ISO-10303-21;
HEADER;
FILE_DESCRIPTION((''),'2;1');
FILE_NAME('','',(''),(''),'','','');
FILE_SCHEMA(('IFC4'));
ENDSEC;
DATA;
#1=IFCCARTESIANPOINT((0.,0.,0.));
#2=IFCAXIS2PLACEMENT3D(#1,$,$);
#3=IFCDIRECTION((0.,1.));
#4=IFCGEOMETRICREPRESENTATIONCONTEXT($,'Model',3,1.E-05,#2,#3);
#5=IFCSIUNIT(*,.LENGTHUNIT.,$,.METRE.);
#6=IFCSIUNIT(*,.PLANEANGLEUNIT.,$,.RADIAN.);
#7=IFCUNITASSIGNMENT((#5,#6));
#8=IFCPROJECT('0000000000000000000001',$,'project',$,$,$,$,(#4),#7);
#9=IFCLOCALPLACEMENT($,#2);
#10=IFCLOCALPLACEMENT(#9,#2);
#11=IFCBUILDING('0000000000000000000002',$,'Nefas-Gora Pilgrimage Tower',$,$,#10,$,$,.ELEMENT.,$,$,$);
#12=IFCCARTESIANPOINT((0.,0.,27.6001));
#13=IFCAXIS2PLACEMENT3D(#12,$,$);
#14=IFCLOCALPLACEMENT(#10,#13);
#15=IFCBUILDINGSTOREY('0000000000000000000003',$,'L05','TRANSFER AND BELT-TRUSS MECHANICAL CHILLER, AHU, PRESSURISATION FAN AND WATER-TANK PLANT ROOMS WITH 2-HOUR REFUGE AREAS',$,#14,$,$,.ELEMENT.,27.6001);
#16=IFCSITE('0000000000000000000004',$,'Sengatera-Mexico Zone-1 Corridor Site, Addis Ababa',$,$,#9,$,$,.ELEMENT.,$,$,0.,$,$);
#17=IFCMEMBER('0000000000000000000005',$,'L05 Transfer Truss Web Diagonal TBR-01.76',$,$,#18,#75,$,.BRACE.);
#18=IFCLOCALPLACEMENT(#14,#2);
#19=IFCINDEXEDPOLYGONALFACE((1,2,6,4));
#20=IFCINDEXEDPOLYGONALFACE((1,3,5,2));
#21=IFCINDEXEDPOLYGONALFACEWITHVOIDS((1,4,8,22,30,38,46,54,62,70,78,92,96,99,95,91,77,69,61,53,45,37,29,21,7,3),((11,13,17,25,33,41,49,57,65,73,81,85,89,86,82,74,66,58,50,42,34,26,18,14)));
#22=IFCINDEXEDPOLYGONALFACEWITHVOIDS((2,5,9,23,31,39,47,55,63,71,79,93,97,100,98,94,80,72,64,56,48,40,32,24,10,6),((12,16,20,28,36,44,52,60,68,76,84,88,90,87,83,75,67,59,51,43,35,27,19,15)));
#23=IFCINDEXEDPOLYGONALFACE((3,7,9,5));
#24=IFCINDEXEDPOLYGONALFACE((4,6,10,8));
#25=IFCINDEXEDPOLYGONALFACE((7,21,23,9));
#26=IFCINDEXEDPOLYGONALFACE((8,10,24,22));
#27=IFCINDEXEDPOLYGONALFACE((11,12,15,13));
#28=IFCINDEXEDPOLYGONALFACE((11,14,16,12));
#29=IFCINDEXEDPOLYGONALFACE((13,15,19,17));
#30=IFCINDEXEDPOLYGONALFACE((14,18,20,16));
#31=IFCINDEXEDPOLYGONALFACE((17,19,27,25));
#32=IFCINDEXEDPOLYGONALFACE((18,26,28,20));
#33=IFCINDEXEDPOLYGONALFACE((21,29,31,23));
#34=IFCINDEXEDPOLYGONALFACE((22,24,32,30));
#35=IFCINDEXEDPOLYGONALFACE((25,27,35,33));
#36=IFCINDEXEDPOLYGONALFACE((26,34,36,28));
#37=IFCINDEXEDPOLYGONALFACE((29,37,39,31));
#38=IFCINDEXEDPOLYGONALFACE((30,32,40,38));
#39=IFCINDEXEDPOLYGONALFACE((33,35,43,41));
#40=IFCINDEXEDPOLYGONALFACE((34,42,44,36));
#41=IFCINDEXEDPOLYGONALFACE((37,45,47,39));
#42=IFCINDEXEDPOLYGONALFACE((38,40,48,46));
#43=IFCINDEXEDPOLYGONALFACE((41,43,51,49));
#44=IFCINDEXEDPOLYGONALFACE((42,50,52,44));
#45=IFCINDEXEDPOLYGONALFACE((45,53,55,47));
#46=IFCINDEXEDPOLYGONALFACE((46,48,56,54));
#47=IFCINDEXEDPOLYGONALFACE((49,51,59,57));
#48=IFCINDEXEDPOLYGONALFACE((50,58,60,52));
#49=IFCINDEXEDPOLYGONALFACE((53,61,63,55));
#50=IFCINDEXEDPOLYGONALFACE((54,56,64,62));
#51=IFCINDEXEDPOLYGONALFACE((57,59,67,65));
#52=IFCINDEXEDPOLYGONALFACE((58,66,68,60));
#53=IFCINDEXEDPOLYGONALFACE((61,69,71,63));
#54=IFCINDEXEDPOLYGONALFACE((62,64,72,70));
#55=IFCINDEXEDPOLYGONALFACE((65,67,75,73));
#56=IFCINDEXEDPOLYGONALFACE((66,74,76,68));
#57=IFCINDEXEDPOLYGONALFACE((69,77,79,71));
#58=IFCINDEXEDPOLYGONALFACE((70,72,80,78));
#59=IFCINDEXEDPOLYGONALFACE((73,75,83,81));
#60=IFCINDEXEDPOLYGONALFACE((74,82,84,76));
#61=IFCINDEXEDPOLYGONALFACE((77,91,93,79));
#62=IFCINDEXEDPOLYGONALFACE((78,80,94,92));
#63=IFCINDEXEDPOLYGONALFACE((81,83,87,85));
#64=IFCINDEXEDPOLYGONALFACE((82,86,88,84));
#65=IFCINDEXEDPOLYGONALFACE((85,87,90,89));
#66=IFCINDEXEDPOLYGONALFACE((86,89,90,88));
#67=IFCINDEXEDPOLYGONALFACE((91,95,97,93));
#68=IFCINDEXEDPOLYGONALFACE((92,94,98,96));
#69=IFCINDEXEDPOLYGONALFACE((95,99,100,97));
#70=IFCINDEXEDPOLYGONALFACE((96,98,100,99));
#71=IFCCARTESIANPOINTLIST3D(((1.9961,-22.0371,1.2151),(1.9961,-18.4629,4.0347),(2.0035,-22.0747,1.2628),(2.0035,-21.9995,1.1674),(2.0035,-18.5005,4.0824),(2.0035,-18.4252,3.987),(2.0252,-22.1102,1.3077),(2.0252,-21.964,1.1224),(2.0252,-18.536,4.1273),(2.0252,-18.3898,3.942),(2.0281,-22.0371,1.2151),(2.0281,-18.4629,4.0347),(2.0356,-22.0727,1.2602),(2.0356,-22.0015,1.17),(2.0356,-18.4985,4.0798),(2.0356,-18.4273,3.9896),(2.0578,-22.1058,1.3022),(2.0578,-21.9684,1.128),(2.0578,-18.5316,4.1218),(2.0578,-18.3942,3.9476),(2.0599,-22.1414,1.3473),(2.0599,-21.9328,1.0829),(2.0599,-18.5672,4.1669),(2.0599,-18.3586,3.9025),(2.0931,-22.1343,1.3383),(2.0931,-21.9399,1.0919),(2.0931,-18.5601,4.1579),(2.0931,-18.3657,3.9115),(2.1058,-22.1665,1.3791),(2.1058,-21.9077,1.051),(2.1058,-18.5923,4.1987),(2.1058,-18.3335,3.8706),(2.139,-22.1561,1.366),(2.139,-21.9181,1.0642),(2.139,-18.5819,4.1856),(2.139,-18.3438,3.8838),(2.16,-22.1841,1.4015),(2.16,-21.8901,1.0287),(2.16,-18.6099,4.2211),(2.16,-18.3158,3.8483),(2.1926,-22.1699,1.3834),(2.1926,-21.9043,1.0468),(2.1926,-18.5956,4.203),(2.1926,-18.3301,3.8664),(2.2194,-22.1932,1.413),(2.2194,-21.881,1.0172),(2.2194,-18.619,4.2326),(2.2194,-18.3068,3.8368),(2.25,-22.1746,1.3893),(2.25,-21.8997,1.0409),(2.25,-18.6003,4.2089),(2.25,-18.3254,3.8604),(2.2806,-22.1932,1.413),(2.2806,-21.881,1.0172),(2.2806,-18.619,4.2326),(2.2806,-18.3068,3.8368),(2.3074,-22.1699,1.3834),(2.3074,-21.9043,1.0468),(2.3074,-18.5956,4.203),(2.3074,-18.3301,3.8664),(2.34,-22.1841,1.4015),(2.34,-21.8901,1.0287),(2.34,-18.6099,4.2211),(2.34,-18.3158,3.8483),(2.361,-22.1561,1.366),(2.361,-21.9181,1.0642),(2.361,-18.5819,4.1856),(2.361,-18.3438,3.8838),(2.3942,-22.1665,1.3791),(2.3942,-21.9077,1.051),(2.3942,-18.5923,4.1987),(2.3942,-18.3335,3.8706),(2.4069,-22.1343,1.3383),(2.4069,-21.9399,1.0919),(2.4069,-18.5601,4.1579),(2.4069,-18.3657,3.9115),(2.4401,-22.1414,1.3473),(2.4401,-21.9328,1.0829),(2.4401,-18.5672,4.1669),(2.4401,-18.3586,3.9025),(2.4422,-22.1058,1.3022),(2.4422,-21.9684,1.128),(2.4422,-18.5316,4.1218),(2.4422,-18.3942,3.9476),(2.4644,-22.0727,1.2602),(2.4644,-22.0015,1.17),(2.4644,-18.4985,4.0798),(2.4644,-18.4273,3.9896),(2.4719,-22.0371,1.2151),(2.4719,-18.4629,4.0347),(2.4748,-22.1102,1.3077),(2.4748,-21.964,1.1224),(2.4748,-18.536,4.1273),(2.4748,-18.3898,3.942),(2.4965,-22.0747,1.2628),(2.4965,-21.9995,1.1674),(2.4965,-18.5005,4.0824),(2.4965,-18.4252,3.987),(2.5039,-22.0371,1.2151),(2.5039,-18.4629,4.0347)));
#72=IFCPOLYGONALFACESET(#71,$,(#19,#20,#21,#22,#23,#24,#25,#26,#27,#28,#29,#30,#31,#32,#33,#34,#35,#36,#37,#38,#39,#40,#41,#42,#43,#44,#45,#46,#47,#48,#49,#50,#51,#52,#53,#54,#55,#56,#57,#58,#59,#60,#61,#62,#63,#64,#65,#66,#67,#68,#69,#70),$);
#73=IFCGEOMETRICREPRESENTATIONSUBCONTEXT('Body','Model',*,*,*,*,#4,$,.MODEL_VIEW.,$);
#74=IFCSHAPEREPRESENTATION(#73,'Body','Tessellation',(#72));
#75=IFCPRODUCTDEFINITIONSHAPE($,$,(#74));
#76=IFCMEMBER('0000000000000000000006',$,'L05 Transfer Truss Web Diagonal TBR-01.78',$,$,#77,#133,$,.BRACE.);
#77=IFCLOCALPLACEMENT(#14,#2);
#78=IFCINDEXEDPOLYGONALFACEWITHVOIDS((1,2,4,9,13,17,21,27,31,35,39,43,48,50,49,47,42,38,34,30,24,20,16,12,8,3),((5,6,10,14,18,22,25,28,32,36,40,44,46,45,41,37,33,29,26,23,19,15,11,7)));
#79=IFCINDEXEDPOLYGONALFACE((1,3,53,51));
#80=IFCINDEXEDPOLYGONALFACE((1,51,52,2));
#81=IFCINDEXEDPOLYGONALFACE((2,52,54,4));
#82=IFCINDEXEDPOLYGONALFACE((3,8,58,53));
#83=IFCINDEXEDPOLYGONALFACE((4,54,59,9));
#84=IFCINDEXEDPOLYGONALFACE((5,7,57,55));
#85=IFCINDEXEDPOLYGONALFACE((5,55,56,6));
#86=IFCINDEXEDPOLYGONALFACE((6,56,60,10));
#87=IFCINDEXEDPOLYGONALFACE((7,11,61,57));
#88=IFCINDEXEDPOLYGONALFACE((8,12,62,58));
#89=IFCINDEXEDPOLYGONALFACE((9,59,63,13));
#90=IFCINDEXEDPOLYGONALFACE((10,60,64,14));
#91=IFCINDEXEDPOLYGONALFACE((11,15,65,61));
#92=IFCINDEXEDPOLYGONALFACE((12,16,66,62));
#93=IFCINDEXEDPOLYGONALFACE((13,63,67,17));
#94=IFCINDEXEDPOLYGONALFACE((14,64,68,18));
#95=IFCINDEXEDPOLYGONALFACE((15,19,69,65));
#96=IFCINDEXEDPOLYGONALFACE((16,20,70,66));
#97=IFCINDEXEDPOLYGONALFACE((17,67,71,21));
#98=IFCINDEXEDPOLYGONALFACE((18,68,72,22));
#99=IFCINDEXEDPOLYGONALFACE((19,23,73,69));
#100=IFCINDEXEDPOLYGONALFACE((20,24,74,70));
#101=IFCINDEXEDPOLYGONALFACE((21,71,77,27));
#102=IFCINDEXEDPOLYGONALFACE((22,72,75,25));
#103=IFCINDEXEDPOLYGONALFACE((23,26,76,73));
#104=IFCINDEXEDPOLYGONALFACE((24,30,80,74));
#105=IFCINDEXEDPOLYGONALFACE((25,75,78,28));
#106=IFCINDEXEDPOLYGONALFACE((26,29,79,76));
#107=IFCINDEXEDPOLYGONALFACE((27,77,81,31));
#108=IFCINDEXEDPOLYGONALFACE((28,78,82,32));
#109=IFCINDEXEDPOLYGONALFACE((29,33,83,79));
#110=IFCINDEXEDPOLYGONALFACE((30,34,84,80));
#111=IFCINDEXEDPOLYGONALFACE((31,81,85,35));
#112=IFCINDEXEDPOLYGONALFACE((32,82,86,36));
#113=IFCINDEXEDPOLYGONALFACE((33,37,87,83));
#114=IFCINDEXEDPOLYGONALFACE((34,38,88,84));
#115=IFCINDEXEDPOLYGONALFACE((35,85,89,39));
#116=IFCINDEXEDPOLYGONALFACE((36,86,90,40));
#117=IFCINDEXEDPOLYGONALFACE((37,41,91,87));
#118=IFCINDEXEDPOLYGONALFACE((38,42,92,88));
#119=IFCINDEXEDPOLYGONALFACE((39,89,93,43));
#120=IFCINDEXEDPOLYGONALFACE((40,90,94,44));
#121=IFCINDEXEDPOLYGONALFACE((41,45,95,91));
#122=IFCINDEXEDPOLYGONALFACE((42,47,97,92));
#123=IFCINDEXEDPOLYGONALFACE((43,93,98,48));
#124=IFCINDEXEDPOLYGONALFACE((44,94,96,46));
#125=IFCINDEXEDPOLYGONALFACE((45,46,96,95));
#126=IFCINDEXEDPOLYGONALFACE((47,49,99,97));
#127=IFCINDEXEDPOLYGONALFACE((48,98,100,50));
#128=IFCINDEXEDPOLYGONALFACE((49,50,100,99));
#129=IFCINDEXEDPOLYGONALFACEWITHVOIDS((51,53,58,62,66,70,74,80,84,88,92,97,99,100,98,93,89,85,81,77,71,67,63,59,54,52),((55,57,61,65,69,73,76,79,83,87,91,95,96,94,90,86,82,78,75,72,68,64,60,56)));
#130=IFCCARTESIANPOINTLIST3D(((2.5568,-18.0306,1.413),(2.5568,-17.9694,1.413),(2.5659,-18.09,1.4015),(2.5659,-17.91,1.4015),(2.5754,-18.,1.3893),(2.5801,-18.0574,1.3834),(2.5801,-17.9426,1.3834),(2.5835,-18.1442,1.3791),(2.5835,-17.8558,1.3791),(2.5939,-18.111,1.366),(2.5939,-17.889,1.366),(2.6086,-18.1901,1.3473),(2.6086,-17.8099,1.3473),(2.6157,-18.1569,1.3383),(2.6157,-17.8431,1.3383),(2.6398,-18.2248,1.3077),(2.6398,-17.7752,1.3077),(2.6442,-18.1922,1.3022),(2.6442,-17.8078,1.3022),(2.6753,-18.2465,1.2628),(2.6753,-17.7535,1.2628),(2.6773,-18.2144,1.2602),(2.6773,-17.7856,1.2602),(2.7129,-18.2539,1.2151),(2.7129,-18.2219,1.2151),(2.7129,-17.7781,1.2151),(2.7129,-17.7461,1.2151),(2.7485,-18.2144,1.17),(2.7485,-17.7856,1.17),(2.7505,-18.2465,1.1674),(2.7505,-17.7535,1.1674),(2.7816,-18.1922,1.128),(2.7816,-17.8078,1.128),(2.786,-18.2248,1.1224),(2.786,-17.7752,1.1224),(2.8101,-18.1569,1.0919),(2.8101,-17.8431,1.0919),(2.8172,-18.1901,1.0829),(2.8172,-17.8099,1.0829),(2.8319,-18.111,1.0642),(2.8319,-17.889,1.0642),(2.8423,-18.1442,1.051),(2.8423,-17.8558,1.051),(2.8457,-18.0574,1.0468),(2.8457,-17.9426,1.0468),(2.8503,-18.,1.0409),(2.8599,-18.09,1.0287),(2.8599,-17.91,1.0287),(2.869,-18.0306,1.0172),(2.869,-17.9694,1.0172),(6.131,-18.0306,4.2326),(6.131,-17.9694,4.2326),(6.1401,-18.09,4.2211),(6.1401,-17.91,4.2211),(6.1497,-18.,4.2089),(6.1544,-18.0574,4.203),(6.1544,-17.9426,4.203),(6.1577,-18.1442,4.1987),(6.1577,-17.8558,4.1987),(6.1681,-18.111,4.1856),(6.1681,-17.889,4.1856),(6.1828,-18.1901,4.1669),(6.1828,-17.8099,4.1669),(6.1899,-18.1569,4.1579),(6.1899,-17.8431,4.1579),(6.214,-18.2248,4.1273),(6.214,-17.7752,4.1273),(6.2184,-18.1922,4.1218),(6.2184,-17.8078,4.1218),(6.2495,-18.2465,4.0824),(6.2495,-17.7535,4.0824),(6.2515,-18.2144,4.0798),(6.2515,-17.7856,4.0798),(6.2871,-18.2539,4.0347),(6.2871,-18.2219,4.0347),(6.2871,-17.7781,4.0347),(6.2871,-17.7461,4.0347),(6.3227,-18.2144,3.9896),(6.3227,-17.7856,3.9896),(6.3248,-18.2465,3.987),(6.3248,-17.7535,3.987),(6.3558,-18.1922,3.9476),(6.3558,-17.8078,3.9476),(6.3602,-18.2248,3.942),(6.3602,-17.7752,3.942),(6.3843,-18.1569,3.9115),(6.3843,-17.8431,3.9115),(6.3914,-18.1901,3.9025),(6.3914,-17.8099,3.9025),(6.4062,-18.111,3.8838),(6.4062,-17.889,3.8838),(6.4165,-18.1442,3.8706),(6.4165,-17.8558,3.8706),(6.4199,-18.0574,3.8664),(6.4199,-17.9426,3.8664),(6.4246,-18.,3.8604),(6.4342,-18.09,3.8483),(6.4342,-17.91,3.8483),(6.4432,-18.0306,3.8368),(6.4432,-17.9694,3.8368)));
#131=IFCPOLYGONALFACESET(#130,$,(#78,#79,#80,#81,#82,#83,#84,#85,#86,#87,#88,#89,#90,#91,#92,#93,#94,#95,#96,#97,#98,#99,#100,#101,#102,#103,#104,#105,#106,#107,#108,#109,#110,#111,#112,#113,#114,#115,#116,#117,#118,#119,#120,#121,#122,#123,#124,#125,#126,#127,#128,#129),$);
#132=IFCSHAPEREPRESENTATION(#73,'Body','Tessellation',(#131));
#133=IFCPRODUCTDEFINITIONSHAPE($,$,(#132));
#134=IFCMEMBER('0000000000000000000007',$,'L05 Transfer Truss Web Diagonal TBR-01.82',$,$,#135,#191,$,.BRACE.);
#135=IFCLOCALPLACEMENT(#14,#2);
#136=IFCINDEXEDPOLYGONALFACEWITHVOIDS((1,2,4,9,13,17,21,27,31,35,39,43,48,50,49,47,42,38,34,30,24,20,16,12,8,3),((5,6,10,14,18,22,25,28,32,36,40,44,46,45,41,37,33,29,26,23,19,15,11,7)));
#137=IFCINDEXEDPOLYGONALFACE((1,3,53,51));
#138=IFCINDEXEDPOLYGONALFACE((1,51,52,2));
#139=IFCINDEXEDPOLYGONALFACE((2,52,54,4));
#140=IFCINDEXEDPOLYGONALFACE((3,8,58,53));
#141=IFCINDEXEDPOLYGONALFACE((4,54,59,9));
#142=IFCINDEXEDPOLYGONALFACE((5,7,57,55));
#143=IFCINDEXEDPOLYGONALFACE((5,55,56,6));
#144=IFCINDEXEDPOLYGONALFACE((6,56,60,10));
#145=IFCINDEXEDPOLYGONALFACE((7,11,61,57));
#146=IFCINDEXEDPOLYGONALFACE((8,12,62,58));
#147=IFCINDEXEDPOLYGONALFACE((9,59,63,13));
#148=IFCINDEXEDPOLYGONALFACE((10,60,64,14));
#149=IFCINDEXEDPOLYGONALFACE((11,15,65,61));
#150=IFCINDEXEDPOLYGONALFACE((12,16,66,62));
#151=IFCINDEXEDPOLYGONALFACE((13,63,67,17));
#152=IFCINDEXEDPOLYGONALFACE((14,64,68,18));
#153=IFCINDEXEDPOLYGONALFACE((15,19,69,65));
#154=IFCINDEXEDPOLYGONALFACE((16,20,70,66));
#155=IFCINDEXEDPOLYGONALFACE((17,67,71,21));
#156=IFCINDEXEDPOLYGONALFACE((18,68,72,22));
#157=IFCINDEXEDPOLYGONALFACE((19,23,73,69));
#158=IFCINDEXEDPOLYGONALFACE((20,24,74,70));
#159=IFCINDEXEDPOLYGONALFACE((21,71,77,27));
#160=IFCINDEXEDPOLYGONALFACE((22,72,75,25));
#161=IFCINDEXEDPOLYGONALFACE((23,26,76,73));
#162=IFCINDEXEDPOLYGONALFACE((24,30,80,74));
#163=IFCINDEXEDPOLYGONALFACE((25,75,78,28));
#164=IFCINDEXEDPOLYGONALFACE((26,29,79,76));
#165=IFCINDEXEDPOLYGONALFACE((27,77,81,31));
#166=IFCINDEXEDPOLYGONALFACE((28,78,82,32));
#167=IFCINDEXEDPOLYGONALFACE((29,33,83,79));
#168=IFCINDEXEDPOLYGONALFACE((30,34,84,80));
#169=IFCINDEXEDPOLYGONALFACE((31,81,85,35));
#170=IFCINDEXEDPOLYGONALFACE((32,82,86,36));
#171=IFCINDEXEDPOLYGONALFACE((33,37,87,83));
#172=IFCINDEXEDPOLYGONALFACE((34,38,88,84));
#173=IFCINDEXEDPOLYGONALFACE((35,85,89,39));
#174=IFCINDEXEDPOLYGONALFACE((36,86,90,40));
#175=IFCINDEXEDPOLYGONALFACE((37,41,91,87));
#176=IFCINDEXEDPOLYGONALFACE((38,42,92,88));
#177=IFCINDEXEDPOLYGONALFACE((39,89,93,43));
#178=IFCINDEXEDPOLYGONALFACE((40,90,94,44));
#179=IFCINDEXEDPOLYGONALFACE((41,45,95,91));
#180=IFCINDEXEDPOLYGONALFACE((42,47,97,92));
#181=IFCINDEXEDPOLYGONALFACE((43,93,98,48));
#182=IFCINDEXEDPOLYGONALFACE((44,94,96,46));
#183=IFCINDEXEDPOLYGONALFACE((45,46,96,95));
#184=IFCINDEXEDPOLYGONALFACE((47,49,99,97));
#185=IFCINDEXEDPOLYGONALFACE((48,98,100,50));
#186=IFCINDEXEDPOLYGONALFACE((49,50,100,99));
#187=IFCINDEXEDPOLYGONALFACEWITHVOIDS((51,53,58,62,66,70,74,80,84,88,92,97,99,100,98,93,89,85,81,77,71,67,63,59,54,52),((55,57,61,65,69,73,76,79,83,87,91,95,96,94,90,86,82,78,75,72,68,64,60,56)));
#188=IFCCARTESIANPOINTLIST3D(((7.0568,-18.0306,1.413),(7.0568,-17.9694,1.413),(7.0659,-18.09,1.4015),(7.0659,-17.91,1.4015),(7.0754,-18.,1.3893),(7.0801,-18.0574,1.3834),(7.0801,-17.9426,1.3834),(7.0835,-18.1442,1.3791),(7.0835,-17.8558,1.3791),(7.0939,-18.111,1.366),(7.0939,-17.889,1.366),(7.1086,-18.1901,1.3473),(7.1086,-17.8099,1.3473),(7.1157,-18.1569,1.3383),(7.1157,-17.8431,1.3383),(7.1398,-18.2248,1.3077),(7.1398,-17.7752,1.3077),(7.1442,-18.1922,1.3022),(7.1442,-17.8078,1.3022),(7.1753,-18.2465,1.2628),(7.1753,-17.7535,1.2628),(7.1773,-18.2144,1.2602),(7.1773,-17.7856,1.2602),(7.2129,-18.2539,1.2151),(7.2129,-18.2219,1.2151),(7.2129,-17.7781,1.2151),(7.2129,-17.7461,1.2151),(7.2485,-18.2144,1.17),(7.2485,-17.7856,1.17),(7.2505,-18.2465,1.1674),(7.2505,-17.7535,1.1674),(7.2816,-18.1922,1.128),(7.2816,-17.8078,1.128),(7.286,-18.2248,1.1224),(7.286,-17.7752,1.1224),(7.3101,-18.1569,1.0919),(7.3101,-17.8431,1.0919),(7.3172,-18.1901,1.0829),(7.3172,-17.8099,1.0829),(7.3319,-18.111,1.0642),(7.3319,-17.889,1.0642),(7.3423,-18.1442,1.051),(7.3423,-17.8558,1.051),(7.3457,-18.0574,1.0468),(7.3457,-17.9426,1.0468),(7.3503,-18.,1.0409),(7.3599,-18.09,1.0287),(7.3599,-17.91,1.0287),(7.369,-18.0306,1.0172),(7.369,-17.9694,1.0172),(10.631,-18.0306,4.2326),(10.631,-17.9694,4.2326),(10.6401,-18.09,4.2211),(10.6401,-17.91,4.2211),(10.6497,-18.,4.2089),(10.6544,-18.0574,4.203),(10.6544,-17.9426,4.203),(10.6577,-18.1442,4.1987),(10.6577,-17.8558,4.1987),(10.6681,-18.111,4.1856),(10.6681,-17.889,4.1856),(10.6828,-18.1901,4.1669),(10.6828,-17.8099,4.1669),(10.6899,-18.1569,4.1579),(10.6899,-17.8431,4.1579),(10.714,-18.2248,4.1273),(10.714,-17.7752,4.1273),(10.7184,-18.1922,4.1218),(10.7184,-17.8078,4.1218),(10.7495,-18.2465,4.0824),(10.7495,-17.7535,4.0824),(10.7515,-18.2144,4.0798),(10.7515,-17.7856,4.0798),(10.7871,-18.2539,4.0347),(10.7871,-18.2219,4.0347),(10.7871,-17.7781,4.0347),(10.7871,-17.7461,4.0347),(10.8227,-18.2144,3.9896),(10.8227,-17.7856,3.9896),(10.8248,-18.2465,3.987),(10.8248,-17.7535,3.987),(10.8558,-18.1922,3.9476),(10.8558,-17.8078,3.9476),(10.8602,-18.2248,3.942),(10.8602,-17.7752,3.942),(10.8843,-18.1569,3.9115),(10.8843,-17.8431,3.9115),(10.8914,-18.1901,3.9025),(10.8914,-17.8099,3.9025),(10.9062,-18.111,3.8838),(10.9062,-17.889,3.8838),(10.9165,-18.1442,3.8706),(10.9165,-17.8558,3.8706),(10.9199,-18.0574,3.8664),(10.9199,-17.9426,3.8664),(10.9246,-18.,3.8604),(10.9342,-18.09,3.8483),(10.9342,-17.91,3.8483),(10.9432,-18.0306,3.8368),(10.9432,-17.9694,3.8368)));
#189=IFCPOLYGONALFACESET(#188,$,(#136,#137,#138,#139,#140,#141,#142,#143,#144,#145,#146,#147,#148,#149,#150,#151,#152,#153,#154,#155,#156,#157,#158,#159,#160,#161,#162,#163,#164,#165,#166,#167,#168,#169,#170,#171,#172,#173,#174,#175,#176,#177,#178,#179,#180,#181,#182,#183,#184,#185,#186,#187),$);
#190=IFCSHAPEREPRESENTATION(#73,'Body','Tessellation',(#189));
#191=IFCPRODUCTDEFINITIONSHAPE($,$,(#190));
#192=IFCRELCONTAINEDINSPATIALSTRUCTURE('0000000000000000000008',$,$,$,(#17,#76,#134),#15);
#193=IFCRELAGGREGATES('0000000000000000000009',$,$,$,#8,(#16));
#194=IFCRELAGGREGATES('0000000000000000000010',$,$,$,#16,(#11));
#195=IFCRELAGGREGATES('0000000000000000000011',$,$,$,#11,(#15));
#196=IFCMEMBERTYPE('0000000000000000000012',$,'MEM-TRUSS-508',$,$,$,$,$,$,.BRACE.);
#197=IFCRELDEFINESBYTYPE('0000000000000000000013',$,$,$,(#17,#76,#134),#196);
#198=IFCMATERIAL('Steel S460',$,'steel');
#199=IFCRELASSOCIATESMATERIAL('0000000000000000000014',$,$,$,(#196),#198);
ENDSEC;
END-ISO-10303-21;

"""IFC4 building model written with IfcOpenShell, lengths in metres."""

from ifc_helpers import new_model, si_unit, direction, frame, origin, origin_2d, place, context, subcontext, project, spatial, hollow_circle, extrude, source, transform, mapped, material, material_profile, profile_set, type_object, element, save


model = new_model("IFC4")

# Units and contexts
model_context = context("Model", 3, precision=1e-05, world=origin(), true_north=direction((0.0, 1.0)))
body_context = subcontext(model_context, "Body", "Model", "MODEL_VIEW")
ifc_project = project(units=[si_unit("LENGTHUNIT", "METRE"), si_unit("PLANEANGLEUNIT", "RADIAN")], contexts=[model_context])

# Site, building, storey
site_placement = place(None, origin())
site = spatial("IfcSite", under=ifc_project, at=site_placement, Name="Sengatera-Mexico Zone-1 Corridor Site, Addis Ababa", CompositionType="ELEMENT", RefElevation=0.0)
building_placement = place(site_placement, origin())
building = spatial("IfcBuilding", under=site, at=building_placement, Name="Nefas-Gora Pilgrimage Tower", CompositionType="ELEMENT")
storey_placement = place(building_placement, frame((0.0, 0.0, 27.6001)))
storey = spatial("IfcBuildingStorey", under=building, at=storey_placement, Name="L05", Description="TRANSFER AND BELT-TRUSS MECHANICAL CHILLER, AHU, PRESSURISATION FAN AND WATER-TANK PLANT ROOMS WITH 2-HOUR REFUGE AREAS", CompositionType="ELEMENT", Elevation=27.6001)

# Shared definitions
ifc_material_1 = material(Name="Steel S460", Category="steel")

# Members
ifc_material_profile_1 = material_profile(ifc_material_1, hollow_circle(Radius=0.2539, WallThickness=0.032, at=origin_2d()), Name="CHS 508x32")
ifc_profile_set_1 = profile_set([ifc_material_profile_1], Name="Steel S460")
member_type = type_object("IfcMemberType", Name="MEM-TRUSS-508", PredefinedType="BRACE", material=ifc_profile_set_1)
shared_shape_1 = source(origin(), body_context, "Body", "SweptSolid", [
    extrude(hollow_circle(Radius=0.2539, WallThickness=0.032, at=origin_2d()), origin(), (0.0, 0.0, 1.0), 4.5525),
])
for number, where, z_axis, x_axis, name in (
    (1, (2.25, -22.0371, 1.2151), (0.0, 0.785115, 0.61935), (-1.0, 0.0, 0.0), "L05 Transfer Truss Web Diagonal TBR-01.76"),
    (2, (2.7129, -18.0, 1.2151), (0.785115, 0.0, 0.61935), (0.0, 1.0, 0.0), "L05 Transfer Truss Web Diagonal TBR-01.78"),
    (3, (7.2129, -18.0, 1.2151), (0.785115, 0.0, 0.61935), (0.0, 1.0, 0.0), "L05 Transfer Truss Web Diagonal TBR-01.82"),
):
    element("IfcMember", number, at=place(storey_placement, frame(where, z_axis=z_axis, x_axis=x_axis)), inside=storey, type_object=member_type, Name=name, PredefinedType="BRACE", context=body_context, shape_type="MappedRepresentation", body=[
        mapped(shared_shape_1, transform((0.0, 0.0, 0.0), x_axis=(1.0, 0.0, 0.0), y_axis=(0.0, 1.0, 0.0), z_axis=(0.0, 0.0, 1.0), scale=1.0)),
    ])

save(model, "model.ifc")
